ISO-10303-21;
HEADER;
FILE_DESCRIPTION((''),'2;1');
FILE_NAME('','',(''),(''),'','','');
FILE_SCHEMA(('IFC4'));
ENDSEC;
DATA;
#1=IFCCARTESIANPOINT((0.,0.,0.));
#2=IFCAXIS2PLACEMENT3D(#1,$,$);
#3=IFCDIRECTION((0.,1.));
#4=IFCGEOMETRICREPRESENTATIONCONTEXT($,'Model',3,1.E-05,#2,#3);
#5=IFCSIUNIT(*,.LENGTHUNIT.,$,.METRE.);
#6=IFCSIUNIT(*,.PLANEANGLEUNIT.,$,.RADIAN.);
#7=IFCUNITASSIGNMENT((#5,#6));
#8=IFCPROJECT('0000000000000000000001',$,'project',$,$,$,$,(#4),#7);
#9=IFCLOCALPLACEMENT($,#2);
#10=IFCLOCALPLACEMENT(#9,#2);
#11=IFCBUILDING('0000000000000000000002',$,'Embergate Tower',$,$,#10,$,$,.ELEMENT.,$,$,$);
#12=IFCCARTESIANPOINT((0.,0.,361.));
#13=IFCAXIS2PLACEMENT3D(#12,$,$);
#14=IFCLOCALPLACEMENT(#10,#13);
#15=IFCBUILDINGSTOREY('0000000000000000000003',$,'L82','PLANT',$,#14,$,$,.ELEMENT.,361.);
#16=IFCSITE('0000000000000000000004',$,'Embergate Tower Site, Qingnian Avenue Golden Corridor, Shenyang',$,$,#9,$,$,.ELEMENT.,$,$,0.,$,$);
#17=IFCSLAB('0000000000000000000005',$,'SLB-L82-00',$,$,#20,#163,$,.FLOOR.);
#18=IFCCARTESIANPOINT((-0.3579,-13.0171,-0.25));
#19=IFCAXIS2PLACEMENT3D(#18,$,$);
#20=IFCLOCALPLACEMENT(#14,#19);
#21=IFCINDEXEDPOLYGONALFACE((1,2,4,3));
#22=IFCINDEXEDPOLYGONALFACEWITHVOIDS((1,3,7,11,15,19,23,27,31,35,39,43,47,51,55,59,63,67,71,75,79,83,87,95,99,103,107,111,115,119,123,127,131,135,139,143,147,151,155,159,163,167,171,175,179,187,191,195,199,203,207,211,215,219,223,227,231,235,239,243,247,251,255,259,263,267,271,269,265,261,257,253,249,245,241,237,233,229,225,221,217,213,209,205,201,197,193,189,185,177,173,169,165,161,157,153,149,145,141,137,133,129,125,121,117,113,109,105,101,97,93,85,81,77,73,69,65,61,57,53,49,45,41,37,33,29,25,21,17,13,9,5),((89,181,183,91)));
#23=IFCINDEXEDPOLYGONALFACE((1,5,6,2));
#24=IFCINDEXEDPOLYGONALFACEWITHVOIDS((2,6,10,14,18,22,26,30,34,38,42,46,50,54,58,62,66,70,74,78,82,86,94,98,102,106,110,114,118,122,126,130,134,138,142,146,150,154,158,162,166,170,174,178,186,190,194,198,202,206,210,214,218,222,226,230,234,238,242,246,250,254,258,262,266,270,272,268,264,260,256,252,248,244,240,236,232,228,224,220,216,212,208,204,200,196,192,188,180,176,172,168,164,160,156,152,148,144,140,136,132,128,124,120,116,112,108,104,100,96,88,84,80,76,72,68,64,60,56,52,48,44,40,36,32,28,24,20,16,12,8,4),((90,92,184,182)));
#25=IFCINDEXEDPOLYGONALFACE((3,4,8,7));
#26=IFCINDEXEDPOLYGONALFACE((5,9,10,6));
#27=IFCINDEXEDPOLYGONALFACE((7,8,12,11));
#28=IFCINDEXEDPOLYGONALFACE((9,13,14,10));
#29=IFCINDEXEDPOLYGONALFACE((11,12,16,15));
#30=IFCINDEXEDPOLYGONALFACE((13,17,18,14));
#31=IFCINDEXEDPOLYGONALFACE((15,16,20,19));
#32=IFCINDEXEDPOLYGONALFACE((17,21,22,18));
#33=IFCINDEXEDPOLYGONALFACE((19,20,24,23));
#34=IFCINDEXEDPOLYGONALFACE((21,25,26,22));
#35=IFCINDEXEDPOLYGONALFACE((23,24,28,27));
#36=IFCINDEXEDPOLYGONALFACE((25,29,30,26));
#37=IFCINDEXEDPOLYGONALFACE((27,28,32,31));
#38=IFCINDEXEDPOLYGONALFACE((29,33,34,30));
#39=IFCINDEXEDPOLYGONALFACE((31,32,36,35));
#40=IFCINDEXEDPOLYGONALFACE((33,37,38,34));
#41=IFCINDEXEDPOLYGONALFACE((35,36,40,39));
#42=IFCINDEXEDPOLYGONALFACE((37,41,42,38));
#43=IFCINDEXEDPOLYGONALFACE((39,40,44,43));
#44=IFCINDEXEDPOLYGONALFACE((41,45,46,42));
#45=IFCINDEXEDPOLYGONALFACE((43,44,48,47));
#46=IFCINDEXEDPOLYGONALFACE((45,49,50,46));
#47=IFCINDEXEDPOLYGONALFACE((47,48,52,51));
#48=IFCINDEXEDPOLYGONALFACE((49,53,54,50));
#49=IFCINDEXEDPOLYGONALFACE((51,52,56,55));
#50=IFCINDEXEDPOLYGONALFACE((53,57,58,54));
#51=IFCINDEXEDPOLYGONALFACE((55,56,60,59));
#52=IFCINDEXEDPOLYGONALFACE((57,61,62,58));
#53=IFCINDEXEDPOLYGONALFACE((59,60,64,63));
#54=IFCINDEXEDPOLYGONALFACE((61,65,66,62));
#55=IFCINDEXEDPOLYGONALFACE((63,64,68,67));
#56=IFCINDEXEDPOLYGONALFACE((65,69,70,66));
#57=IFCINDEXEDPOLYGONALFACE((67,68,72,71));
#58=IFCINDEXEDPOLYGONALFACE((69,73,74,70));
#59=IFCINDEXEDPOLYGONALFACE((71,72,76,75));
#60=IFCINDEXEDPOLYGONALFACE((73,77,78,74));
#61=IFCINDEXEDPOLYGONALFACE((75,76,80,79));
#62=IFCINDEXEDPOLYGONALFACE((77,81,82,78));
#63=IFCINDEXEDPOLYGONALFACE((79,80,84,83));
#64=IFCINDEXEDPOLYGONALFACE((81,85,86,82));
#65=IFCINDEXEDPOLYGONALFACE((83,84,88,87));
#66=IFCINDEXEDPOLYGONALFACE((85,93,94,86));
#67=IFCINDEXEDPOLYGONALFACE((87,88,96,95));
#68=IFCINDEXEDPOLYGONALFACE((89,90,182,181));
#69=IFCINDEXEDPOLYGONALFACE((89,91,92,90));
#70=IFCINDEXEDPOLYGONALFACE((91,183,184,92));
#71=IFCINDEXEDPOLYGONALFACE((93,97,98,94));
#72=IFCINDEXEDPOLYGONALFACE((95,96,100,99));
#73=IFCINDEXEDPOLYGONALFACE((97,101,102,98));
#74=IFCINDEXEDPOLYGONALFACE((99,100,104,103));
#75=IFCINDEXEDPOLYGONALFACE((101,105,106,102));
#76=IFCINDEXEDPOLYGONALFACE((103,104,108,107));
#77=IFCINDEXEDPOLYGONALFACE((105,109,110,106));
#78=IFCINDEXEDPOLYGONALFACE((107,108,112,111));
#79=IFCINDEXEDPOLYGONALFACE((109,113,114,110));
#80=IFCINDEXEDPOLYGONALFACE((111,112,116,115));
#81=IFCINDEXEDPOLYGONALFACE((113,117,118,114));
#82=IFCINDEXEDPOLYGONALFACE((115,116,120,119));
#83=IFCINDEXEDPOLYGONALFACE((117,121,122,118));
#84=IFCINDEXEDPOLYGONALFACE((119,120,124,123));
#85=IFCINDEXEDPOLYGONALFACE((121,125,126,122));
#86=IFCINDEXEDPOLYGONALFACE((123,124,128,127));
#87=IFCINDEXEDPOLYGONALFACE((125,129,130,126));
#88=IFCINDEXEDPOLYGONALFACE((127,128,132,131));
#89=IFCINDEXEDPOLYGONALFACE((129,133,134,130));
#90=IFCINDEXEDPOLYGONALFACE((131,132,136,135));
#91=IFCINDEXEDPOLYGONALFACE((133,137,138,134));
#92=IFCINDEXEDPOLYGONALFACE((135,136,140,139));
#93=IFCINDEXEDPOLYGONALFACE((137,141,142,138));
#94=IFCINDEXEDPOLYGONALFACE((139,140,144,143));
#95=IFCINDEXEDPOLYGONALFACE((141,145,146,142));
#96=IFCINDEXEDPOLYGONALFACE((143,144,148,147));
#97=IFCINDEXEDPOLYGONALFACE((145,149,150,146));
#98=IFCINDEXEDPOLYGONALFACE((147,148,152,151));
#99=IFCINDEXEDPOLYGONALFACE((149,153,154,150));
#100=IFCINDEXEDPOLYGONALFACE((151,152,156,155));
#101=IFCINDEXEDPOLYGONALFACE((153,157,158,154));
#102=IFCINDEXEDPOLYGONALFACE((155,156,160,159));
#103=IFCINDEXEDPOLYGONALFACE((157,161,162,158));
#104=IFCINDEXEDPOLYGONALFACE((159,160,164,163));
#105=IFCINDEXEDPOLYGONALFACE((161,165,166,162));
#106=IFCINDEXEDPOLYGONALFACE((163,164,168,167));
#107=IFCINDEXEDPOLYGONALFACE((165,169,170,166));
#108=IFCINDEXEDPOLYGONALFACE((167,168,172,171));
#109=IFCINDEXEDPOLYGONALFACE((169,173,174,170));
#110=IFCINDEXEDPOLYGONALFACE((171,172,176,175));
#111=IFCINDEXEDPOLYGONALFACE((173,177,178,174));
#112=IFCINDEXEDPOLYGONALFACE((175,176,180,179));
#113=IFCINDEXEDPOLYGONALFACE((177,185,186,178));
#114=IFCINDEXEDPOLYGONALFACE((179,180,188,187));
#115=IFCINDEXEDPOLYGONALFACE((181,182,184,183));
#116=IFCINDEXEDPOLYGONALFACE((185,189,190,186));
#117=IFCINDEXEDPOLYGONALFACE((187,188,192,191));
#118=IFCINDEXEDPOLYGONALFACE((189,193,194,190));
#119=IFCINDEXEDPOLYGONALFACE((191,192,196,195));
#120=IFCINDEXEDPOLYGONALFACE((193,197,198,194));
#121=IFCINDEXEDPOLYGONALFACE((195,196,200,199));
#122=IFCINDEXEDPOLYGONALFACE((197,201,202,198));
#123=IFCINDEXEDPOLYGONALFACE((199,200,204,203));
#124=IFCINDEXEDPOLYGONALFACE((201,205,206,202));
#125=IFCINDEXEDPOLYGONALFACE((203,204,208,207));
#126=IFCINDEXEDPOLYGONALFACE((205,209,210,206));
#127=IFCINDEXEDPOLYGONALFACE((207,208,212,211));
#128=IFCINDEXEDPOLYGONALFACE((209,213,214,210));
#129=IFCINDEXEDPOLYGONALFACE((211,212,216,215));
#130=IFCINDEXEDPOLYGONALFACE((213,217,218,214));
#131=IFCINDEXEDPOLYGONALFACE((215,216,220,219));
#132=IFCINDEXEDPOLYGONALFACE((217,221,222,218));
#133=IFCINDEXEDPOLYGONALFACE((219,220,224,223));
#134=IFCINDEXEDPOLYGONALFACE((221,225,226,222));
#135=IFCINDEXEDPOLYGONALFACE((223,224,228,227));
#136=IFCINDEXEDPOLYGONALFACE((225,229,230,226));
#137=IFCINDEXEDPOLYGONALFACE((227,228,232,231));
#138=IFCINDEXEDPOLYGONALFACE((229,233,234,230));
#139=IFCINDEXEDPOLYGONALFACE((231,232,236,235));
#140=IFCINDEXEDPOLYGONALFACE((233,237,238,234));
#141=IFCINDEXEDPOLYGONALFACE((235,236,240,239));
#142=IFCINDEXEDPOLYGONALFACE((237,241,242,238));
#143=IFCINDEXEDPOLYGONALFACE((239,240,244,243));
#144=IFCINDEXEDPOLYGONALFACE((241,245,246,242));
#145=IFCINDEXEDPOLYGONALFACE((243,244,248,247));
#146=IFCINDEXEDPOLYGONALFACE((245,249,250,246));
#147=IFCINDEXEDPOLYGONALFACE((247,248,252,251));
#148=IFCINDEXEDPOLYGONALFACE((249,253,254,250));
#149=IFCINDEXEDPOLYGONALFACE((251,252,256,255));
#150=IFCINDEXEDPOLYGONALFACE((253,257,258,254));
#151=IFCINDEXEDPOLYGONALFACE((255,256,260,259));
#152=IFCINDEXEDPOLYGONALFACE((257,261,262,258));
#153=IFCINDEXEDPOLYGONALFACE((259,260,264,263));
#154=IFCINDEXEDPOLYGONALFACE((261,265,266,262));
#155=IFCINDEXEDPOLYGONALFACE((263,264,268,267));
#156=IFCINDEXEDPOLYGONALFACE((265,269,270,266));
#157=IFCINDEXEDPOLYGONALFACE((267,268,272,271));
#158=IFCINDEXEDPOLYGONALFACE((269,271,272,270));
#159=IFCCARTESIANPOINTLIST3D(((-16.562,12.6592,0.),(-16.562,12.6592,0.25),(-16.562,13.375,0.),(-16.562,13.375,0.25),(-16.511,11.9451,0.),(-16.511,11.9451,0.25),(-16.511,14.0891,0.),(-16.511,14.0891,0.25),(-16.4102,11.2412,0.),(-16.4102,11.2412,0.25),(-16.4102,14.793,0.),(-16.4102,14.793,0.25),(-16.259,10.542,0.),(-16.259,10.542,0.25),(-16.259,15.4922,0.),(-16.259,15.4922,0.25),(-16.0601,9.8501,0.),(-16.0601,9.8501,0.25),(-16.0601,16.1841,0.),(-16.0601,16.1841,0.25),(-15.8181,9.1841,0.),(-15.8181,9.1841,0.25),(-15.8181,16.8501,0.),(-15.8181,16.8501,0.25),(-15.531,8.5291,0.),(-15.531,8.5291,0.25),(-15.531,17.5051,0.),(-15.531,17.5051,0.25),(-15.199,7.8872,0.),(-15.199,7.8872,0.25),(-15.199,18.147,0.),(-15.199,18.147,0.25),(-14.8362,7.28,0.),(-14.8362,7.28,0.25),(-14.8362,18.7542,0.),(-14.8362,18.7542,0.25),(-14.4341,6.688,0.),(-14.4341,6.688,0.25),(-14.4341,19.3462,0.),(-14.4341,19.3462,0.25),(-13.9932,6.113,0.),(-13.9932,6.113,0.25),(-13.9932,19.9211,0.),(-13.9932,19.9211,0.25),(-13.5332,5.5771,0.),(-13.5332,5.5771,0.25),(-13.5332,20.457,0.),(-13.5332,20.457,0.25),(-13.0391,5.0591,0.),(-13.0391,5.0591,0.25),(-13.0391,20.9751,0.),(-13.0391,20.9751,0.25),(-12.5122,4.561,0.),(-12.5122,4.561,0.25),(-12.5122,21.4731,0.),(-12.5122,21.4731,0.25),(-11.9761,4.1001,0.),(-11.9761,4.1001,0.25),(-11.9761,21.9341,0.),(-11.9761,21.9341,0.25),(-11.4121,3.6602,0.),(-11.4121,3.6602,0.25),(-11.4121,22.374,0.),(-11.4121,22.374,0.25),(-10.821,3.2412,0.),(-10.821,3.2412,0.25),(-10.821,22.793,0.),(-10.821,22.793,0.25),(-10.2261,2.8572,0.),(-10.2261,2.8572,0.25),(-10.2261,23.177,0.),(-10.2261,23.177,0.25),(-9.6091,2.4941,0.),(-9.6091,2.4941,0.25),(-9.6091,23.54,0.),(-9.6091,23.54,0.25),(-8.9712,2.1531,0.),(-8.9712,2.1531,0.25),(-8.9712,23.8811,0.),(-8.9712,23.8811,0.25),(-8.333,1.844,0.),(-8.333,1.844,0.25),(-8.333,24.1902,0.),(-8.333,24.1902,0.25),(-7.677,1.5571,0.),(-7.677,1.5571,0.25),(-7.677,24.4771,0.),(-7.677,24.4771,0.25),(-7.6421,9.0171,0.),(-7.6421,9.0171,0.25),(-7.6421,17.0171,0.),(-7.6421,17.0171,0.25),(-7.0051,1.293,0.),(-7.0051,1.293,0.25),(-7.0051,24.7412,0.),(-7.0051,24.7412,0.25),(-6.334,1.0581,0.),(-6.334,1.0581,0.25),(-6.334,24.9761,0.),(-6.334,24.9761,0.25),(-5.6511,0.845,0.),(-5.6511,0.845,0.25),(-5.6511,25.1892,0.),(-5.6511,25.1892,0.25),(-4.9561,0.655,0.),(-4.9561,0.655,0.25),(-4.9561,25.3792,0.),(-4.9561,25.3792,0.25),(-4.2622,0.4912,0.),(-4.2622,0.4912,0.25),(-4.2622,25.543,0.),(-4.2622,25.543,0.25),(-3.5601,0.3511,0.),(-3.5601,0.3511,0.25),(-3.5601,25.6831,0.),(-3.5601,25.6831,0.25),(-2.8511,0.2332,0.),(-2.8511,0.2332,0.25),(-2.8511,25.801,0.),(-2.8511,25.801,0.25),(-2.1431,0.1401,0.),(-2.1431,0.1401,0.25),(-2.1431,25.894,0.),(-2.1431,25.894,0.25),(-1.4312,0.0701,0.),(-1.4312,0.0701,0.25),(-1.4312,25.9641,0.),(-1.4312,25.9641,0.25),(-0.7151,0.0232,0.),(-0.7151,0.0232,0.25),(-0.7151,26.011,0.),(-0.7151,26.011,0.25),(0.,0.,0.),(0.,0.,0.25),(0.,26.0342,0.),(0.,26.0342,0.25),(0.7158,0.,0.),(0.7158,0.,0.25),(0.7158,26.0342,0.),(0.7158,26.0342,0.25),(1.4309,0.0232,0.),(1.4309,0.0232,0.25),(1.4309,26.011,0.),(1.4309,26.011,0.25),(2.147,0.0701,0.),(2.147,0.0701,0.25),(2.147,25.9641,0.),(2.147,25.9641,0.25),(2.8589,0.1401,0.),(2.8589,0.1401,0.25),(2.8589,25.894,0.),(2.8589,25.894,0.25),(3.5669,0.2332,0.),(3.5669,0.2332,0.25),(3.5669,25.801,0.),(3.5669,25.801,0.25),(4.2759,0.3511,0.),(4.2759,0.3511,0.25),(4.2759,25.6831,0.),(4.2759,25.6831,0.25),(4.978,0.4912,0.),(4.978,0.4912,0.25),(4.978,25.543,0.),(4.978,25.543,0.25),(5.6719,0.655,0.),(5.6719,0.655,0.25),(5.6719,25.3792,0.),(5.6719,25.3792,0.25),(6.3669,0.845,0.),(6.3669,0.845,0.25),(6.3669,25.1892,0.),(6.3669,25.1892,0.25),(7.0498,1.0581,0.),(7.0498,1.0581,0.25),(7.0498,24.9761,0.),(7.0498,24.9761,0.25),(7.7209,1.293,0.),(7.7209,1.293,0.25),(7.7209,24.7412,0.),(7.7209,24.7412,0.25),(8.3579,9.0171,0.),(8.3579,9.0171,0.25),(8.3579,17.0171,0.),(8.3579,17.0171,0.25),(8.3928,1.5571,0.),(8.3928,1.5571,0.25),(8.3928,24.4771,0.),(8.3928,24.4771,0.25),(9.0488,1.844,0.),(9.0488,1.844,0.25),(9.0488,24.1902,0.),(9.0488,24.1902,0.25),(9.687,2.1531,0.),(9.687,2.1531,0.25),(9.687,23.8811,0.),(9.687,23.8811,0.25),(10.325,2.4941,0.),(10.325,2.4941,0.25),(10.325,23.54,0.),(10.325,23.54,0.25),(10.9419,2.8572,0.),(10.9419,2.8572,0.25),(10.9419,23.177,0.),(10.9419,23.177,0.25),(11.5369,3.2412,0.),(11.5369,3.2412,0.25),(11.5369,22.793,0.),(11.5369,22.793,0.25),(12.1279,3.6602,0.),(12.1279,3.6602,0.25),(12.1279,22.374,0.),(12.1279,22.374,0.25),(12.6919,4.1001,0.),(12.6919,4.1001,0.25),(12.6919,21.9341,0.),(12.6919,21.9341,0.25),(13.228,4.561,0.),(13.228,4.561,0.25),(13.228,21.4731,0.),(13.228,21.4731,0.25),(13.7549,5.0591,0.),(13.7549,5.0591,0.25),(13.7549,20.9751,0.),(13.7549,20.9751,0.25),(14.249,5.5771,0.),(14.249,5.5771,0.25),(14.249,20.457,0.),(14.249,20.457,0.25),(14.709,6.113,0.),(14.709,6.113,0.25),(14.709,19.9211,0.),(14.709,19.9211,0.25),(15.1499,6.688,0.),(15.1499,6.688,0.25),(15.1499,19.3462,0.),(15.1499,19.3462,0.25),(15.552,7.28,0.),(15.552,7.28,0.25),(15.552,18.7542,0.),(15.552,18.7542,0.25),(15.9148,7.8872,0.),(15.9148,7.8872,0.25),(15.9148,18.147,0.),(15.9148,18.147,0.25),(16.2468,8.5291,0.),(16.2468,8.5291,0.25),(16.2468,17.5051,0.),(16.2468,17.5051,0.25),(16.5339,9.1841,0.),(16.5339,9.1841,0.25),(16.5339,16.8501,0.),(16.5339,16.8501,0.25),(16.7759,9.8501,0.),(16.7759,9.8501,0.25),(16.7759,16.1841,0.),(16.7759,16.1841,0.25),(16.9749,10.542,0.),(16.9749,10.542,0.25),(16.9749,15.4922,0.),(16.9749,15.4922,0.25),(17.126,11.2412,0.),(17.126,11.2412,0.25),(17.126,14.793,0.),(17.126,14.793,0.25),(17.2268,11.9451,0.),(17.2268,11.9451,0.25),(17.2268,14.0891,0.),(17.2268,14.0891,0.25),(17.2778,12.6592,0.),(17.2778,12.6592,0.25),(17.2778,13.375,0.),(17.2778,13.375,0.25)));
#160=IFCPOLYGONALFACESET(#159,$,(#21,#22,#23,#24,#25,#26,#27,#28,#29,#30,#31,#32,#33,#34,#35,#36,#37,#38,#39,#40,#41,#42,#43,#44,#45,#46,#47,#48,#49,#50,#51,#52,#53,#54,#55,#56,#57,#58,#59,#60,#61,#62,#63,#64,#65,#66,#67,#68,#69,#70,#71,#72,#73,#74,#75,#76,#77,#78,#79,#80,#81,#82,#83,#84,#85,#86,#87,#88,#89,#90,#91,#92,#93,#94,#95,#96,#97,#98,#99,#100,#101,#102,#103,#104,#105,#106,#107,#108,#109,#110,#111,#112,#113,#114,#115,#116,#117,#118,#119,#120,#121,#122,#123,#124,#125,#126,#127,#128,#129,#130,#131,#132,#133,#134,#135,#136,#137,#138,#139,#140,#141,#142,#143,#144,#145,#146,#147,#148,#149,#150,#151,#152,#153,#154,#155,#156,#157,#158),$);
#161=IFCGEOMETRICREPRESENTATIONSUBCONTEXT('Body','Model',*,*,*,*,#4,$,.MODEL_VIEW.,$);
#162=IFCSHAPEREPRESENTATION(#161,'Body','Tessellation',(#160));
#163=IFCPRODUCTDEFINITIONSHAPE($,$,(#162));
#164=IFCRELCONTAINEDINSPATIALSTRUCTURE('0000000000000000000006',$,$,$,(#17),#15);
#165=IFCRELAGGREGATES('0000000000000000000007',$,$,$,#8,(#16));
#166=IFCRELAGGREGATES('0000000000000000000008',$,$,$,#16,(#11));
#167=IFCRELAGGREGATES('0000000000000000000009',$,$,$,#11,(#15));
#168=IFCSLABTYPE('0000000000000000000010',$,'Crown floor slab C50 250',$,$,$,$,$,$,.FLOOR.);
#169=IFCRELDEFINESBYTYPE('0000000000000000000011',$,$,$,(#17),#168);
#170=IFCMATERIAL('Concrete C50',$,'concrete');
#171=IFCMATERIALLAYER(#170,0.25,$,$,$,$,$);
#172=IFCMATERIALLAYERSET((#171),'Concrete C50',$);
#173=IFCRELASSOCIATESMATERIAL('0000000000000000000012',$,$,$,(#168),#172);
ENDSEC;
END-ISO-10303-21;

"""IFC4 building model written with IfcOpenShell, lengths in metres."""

from ifc_helpers import new_model, si_unit, direction, frame, origin, place, context, subcontext, project, spatial, polyline, outline, extrude, source, transform, mapped, material, layer, layer_set, type_object, element, save


model = new_model("IFC4")

# Units and contexts
model_context = context("Model", 3, precision=1e-05, world=origin(), true_north=direction((0.0, 1.0)))
body_context = subcontext(model_context, "Body", "Model", "MODEL_VIEW")
ifc_project = project(units=[si_unit("LENGTHUNIT", "METRE"), si_unit("PLANEANGLEUNIT", "RADIAN")], contexts=[model_context])

# Site, building, storey
site_placement = place(None, origin())
site = spatial("IfcSite", under=ifc_project, at=site_placement, Name="Embergate Tower Site, Qingnian Avenue Golden Corridor, Shenyang", CompositionType="ELEMENT", RefElevation=0.0)
building_placement = place(site_placement, origin())
building = spatial("IfcBuilding", under=site, at=building_placement, Name="Embergate Tower", CompositionType="ELEMENT")
storey_placement = place(building_placement, frame((0.0, 0.0, 361.0)))
storey = spatial("IfcBuildingStorey", under=building, at=storey_placement, Name="L82", Description="PLANT", CompositionType="ELEMENT", Elevation=361.0)

# Slab
ifc_material_1 = material(Name="Concrete C50", Category="concrete")
ifc_layer_1 = layer(ifc_material_1, 0.25)
ifc_layer_set_1 = layer_set([ifc_layer_1], Name="Concrete C50")
slab_type_1 = type_object("IfcSlabType", Name="Crown floor slab C50 250", PredefinedType="FLOOR", material=ifc_layer_set_1)
shared_shape_1 = source(origin(), body_context, "Body", "SweptSolid", [
    extrude(outline(polyline([(0.0, 0.0), (0.7158, 0.0), (1.4309, 0.0232), (2.147, 0.0701), (2.8589, 0.1401), (3.5669, 0.2332), (4.2759, 0.3511), (4.978, 0.4912), (5.6719, 0.655), (6.3669, 0.845), (7.0498, 1.0581), (7.7209, 1.293), (8.3928, 1.5571), (9.0488, 1.844), (9.687, 2.1531), (10.325, 2.4941), (10.9419, 2.8572), (11.5369, 3.2412), (12.1279, 3.6602), (12.6919, 4.1001), (13.228, 4.561), (13.7549, 5.0591), (14.249, 5.5771), (14.709, 6.113), (15.1499, 6.688), (15.552, 7.28), (15.9148, 7.8872), (16.2468, 8.5291), (16.5339, 9.1841), (16.7759, 9.8501), (16.9749, 10.542), (17.126, 11.2412), (17.2268, 11.9451), (17.2778, 12.6592), (17.2778, 13.375), (17.2268, 14.0891), (17.126, 14.793), (16.9749, 15.4922), (16.7759, 16.1841), (16.5339, 16.8501), (16.2468, 17.5051), (15.9148, 18.147), (15.552, 18.7542), (15.1499, 19.3462), (14.709, 19.9211), (14.249, 20.457), (13.7549, 20.9751), (13.228, 21.4731), (12.6919, 21.9341), (12.1279, 22.374), (11.5369, 22.793), (10.9419, 23.177), (10.325, 23.54), (9.687, 23.8811), (9.0488, 24.1902), (8.3928, 24.4771), (7.7209, 24.7412), (7.0498, 24.9761), (6.3669, 25.1892), (5.6719, 25.3792), (4.978, 25.543), (4.2759, 25.6831), (3.5669, 25.801), (2.8589, 25.894), (2.147, 25.9641), (1.4309, 26.011), (0.7158, 26.0342), (0.0, 26.0342), (-0.7151, 26.011), (-1.4312, 25.9641), (-2.1431, 25.894), (-2.8511, 25.801), (-3.5601, 25.6831), (-4.2622, 25.543), (-4.9561, 25.3792), (-5.6511, 25.1892), (-6.334, 24.9761), (-7.0051, 24.7412), (-7.677, 24.4771), (-8.333, 24.1902), (-8.9712, 23.8811), (-9.6091, 23.54), (-10.2261, 23.177), (-10.821, 22.793), (-11.4121, 22.374), (-11.9761, 21.9341), (-12.5122, 21.4731), (-13.0391, 20.9751), (-13.5332, 20.457), (-13.9932, 19.9211), (-14.4341, 19.3462), (-14.8362, 18.7542), (-15.199, 18.147), (-15.531, 17.5051), (-15.8181, 16.8501), (-16.0601, 16.1841), (-16.259, 15.4922), (-16.4102, 14.793), (-16.511, 14.0891), (-16.562, 13.375), (-16.562, 12.6592), (-16.511, 11.9451), (-16.4102, 11.2412), (-16.259, 10.542), (-16.0601, 9.8501), (-15.8181, 9.1841), (-15.531, 8.5291), (-15.199, 7.8872), (-14.8362, 7.28), (-14.4341, 6.688), (-13.9932, 6.113), (-13.5332, 5.5771), (-13.0391, 5.0591), (-12.5122, 4.561), (-11.9761, 4.1001), (-11.4121, 3.6602), (-10.821, 3.2412), (-10.2261, 2.8572), (-9.6091, 2.4941), (-8.9712, 2.1531), (-8.333, 1.844), (-7.677, 1.5571), (-7.0051, 1.293), (-6.334, 1.0581), (-5.6511, 0.845), (-4.9561, 0.655), (-4.2622, 0.4912), (-3.5601, 0.3511), (-2.8511, 0.2332), (-2.1431, 0.1401), (-1.4312, 0.0701), (-0.7151, 0.0232), (0.0, 0.0)]), holes=[polyline([(-7.6421, 9.0171), (-7.6421, 17.0171), (8.3579, 17.0171), (8.3579, 9.0171), (-7.6421, 9.0171)])]), origin(), (0.0, 0.0, 1.0), 0.25),
])
slab_1_placement = place(storey_placement, frame((-0.3579, -13.0171, -0.25)))
element("IfcSlab", 1, at=slab_1_placement, inside=storey, type_object=slab_type_1, Name="SLB-L82-00", PredefinedType="FLOOR", context=body_context, shape_type="MappedRepresentation", body=[
    mapped(shared_shape_1, transform((0.0, 0.0, 0.0))),
])

save(model, "model.ifc")
